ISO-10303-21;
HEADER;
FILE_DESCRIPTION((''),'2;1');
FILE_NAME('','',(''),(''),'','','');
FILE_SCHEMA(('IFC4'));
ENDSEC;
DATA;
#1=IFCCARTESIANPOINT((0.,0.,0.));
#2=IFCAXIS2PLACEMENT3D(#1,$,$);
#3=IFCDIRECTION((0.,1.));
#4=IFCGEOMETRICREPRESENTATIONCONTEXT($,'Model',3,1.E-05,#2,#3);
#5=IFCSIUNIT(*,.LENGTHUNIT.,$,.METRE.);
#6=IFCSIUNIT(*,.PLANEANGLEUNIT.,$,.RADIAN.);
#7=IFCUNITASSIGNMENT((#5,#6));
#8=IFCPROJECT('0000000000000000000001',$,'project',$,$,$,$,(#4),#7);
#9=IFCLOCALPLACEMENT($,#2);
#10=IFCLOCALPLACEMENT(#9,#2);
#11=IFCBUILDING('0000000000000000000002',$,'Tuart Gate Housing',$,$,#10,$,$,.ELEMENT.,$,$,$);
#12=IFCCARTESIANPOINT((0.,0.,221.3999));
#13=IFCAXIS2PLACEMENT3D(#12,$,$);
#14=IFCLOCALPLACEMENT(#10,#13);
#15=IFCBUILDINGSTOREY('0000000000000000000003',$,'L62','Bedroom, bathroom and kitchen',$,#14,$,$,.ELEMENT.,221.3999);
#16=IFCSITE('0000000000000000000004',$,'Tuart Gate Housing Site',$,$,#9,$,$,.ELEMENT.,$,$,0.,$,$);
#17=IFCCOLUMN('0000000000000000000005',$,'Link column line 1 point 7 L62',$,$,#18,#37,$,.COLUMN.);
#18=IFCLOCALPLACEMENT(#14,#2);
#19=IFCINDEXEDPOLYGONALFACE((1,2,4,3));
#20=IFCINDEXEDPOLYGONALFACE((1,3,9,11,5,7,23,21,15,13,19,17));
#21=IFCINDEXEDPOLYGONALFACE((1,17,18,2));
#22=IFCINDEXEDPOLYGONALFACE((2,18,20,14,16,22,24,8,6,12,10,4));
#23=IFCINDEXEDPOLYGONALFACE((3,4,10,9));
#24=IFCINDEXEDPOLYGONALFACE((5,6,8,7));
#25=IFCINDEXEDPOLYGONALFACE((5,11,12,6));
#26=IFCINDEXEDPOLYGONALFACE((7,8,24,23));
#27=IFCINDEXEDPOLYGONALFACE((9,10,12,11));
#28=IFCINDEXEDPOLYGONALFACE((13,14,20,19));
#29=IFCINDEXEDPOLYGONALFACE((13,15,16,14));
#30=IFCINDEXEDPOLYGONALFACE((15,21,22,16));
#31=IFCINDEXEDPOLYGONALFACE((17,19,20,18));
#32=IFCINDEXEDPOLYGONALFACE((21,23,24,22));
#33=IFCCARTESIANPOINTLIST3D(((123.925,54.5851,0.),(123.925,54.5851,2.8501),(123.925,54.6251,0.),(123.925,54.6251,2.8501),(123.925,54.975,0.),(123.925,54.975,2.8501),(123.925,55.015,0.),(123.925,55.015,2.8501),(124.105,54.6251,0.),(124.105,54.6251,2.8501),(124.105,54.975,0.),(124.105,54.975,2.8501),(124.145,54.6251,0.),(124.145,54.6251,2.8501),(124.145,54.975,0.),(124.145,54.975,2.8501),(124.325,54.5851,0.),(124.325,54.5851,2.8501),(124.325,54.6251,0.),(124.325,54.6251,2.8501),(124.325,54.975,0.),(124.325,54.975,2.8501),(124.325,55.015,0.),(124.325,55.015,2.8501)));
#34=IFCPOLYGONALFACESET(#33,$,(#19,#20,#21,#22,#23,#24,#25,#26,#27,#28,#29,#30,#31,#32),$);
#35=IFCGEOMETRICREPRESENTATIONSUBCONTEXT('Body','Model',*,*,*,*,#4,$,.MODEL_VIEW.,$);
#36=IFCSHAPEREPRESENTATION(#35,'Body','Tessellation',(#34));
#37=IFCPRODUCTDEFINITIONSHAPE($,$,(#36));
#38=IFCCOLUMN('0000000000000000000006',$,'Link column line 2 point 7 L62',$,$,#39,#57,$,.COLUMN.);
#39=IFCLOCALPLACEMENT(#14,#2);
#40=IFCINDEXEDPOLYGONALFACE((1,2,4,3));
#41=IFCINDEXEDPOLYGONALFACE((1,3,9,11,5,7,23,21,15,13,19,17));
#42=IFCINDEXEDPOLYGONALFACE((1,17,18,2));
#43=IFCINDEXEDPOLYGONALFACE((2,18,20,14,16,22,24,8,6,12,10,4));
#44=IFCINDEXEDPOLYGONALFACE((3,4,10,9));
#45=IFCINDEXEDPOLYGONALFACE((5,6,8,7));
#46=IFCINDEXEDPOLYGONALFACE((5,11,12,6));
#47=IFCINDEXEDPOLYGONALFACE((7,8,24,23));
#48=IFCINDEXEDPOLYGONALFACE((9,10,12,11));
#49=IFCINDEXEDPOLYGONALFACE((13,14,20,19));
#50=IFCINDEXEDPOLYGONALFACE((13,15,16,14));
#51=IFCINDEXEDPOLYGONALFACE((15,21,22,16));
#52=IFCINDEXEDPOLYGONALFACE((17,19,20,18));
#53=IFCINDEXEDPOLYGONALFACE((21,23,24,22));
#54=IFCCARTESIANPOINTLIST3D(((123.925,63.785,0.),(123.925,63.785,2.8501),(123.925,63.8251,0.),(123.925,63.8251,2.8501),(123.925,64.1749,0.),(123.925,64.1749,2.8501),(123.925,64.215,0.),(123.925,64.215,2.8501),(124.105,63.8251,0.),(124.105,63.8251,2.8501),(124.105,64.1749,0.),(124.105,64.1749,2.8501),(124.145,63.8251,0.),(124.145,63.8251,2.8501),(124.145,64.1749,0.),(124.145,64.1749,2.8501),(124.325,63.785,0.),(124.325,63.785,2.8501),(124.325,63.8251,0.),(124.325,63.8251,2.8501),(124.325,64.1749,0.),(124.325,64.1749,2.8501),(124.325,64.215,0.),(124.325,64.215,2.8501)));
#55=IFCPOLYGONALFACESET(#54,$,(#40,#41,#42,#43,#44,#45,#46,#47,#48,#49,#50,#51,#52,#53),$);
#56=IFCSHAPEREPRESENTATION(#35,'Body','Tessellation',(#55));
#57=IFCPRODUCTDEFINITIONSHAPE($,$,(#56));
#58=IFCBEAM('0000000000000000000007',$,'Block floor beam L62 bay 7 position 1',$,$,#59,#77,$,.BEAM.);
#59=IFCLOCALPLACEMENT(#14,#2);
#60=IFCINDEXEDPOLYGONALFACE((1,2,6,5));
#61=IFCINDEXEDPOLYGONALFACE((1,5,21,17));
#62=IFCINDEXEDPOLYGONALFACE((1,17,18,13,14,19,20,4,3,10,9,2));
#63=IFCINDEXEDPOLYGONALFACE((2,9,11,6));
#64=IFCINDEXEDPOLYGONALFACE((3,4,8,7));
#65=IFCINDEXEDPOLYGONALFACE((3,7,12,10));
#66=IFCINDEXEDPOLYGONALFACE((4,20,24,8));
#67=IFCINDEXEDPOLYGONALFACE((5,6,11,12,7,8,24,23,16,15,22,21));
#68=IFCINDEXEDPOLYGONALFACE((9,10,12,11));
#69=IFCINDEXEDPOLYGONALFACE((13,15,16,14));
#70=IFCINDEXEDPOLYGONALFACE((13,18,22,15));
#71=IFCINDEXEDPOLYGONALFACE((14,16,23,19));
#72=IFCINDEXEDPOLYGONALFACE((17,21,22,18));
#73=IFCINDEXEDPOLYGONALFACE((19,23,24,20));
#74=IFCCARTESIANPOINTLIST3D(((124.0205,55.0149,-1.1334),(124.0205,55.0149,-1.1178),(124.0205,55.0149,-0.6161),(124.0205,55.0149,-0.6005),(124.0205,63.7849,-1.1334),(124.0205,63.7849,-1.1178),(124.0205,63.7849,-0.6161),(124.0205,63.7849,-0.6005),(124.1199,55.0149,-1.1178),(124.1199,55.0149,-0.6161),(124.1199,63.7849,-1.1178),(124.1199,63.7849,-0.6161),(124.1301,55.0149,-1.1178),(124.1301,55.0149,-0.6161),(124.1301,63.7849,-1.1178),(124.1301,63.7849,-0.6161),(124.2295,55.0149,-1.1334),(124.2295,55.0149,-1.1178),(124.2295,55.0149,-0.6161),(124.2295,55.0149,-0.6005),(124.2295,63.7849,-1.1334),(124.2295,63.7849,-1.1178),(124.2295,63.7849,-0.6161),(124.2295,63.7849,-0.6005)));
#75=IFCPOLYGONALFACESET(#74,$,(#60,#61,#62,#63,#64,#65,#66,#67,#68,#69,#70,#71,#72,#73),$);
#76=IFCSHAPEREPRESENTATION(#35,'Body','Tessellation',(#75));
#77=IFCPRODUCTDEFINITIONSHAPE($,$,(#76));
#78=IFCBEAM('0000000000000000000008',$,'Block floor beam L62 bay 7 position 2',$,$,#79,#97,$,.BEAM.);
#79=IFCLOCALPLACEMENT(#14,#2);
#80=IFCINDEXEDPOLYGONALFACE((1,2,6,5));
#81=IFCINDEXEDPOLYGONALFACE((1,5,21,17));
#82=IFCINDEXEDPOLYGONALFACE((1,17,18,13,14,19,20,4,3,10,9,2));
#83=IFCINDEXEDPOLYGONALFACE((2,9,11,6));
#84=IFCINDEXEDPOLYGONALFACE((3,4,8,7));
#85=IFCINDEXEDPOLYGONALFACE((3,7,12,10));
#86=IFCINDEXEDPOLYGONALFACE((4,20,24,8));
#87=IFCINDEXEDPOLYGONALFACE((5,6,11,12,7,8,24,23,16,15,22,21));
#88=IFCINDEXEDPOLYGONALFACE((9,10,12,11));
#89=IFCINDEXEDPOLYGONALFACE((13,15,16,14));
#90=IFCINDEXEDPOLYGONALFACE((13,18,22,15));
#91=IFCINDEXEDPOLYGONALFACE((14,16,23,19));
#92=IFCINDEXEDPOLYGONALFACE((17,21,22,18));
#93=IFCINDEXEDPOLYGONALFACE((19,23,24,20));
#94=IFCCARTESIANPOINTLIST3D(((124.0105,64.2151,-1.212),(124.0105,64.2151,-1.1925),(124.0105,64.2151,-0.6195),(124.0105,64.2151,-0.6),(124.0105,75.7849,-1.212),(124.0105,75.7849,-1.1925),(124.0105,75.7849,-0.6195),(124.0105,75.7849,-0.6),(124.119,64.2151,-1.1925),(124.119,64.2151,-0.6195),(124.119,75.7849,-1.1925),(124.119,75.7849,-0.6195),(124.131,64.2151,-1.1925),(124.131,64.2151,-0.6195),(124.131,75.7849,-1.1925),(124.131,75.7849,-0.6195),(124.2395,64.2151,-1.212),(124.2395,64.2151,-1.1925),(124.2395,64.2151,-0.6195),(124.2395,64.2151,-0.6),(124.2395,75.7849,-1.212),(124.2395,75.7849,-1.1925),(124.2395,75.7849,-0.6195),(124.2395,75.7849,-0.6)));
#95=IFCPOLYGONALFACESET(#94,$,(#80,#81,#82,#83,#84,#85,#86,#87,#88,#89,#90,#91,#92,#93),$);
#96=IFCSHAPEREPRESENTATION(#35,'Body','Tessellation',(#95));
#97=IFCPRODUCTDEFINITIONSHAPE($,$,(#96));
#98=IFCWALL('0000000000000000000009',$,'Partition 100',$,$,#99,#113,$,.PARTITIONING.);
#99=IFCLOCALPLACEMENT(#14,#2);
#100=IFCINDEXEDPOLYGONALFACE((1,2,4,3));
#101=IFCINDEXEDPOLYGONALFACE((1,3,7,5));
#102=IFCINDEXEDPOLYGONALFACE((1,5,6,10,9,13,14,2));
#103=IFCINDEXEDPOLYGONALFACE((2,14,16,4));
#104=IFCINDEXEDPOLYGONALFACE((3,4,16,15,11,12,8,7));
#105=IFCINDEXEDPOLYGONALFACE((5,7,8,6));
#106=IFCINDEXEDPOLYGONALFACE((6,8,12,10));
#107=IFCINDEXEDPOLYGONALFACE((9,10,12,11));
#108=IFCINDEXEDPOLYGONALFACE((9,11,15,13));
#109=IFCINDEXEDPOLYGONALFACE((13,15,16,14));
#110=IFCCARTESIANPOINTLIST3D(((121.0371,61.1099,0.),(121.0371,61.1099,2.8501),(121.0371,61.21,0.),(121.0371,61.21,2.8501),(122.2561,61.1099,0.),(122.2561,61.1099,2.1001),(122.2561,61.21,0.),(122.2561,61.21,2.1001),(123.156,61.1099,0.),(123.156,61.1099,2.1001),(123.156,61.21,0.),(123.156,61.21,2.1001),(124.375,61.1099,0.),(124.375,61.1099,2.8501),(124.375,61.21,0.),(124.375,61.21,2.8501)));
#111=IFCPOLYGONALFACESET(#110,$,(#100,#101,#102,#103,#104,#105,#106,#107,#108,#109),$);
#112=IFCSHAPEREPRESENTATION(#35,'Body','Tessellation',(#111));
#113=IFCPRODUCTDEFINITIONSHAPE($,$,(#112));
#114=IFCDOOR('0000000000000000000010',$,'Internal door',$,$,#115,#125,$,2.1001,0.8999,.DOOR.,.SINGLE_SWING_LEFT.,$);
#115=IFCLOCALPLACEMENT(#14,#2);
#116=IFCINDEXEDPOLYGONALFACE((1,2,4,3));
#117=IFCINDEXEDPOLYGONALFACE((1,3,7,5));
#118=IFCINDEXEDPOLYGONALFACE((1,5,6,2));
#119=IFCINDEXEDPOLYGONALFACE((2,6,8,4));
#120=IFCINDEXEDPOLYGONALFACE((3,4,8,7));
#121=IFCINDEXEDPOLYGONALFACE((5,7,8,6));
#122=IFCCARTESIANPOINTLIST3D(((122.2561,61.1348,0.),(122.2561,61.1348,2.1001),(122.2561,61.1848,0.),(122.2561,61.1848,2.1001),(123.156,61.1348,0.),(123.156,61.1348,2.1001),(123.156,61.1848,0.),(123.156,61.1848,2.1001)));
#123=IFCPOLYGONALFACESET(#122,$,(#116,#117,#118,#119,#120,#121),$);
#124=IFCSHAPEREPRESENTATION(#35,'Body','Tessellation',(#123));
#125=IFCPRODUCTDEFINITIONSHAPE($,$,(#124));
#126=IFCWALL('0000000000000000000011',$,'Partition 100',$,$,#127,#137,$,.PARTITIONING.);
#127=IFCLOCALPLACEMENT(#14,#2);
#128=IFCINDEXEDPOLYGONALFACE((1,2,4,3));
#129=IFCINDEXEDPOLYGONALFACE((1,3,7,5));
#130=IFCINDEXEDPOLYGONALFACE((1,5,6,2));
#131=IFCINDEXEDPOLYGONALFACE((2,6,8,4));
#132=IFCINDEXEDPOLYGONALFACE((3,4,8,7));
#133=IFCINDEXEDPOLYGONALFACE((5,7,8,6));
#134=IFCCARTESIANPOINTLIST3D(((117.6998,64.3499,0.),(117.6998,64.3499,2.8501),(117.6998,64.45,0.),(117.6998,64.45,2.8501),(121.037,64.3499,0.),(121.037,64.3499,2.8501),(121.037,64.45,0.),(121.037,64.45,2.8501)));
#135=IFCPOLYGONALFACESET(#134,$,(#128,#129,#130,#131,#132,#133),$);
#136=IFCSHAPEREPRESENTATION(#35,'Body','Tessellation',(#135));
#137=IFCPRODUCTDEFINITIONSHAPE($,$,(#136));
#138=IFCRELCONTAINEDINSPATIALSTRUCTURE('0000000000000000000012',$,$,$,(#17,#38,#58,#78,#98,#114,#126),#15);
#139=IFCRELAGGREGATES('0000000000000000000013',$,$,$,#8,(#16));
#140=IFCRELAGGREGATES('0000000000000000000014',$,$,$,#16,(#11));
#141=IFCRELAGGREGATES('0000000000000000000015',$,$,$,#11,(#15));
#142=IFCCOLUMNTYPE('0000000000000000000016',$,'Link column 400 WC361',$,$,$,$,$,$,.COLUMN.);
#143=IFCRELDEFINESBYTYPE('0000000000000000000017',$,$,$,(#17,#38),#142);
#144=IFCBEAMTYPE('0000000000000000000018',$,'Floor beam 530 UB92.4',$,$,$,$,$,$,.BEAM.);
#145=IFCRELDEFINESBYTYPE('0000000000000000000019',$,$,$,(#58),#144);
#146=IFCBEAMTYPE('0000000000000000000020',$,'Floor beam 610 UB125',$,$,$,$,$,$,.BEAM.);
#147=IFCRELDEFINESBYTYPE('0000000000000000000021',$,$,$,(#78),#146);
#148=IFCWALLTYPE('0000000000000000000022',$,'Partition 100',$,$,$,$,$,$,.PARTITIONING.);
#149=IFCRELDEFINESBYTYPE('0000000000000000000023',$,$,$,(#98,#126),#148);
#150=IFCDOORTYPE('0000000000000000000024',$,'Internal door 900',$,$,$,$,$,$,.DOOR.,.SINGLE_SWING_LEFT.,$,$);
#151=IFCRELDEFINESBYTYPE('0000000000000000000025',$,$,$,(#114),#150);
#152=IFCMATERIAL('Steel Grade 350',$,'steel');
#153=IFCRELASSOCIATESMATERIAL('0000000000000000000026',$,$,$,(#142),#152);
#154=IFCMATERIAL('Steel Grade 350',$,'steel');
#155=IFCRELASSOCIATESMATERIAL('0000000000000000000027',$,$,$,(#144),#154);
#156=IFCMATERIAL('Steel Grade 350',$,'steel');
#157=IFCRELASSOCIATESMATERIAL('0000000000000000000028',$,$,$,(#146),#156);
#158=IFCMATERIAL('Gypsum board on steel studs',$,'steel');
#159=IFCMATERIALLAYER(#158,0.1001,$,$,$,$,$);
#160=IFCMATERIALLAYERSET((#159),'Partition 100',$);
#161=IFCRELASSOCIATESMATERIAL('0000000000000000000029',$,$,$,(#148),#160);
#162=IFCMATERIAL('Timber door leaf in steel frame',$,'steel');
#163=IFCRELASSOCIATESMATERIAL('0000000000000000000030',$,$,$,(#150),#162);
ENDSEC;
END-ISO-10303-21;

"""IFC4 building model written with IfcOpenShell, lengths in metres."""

from ifc_helpers import new_model, si_unit, direction, frame, frame_2d, origin, origin_2d, place, context, subcontext, project, spatial, rectangle, i_section, extrude, material, layer, layer_set, material_profile, profile_set, type_object, element, fill, save


model = new_model("IFC4")

# Units and contexts
model_context = context("Model", 3, precision=1e-05, world=origin(), true_north=direction((0.0, 1.0)))
body_context = subcontext(model_context, "Body", "Model", "MODEL_VIEW")
ifc_project = project(units=[si_unit("LENGTHUNIT", "METRE"), si_unit("PLANEANGLEUNIT", "RADIAN")], contexts=[model_context])

# Site, building, storey
site_placement = place(None, origin())
site = spatial("IfcSite", under=ifc_project, at=site_placement, Name="Tuart Gate Housing Site", CompositionType="ELEMENT", RefElevation=0.0)
building_placement = place(site_placement, origin())
building = spatial("IfcBuilding", under=site, at=building_placement, Name="Tuart Gate Housing", CompositionType="ELEMENT")
storey_placement = place(building_placement, frame((0.0, 0.0, 221.3999)))
storey = spatial("IfcBuildingStorey", under=building, at=storey_placement, Name="L62", Description="Bedroom, bathroom and kitchen", CompositionType="ELEMENT", Elevation=221.3999)

# Columns
ifc_material_1 = material(Name="Steel Grade 350", Category="steel")
ifc_material_profile_1 = material_profile(ifc_material_1, i_section(OverallWidth=0.3999, OverallDepth=0.4299, WebThickness=0.04, FlangeThickness=0.04, at=origin_2d()), Name="400WC361")
ifc_profile_set_1 = profile_set([ifc_material_profile_1], Name="Steel Grade 350")
column_type = type_object("IfcColumnType", Name="Link column 400 WC361", PredefinedType="COLUMN", material=ifc_profile_set_1)
for number, where, z_axis, x_axis, name in (
    (1, (124.125, 54.8, 0.0), (0.0, 0.0, 1.0), (1.0, 0.0, 0.0), "Link column line 1 point 7 L62"),
    (2, (124.125, 64.0, 0.0), (0.0, 0.0, 1.0), (1.0, 0.0, 0.0), "Link column line 2 point 7 L62"),
):
    element("IfcColumn", number, at=place(storey_placement, frame(where, z_axis=z_axis, x_axis=x_axis)), inside=storey, type_object=column_type, Name=name, PredefinedType="COLUMN", context=body_context, shape_type="SweptSolid", body=[
        extrude(i_section(OverallWidth=0.3999, OverallDepth=0.4299, WebThickness=0.04, FlangeThickness=0.04, at=origin_2d()), origin(), (0.0, 0.0, 1.0), 2.8501),
    ])

# Beams
ifc_material_2 = material(Name="Steel Grade 350", Category="steel")
ifc_material_profile_2 = material_profile(ifc_material_2, i_section(OverallWidth=0.209, OverallDepth=0.533, WebThickness=0.0103, FlangeThickness=0.0156, at=origin_2d()), Name="530UB92.4")
ifc_profile_set_2 = profile_set([ifc_material_profile_2], Name="Steel Grade 350")
beam_type_1 = type_object("IfcBeamType", Name="Floor beam 530 UB92.4", PredefinedType="BEAM", material=ifc_profile_set_2)
beam_1_placement = place(storey_placement, frame((124.125, 55.0149, -0.8669), z_axis=(0.0, 1.0, 0.0), x_axis=(-1.0, 0.0, 0.0)))
element("IfcBeam", 3, at=beam_1_placement, inside=storey, type_object=beam_type_1, Name="Block floor beam L62 bay 7 position 1", PredefinedType="BEAM", context=body_context, shape_type="SweptSolid", body=[
    extrude(i_section(OverallWidth=0.209, OverallDepth=0.533, WebThickness=0.0103, FlangeThickness=0.0156, at=origin_2d()), origin(), (0.0, 0.0, 1.0), 8.77),
])
ifc_material_3 = material(Name="Steel Grade 350", Category="steel")
ifc_material_profile_3 = material_profile(ifc_material_3, i_section(OverallWidth=0.229, OverallDepth=0.6121, WebThickness=0.012, FlangeThickness=0.0195, at=origin_2d()), Name="610UB125")
ifc_profile_set_3 = profile_set([ifc_material_profile_3], Name="Steel Grade 350")
beam_type_2 = type_object("IfcBeamType", Name="Floor beam 610 UB125", PredefinedType="BEAM", material=ifc_profile_set_3)
beam_2_placement = place(storey_placement, frame((124.125, 64.2151, -0.906), z_axis=(0.0, 1.0, 0.0), x_axis=(-1.0, 0.0, 0.0)))
element("IfcBeam", 4, at=beam_2_placement, inside=storey, type_object=beam_type_2, Name="Block floor beam L62 bay 7 position 2", PredefinedType="BEAM", context=body_context, shape_type="SweptSolid", body=[
    extrude(i_section(OverallWidth=0.229, OverallDepth=0.6121, WebThickness=0.012, FlangeThickness=0.0195, at=origin_2d()), origin(), (0.0, 0.0, 1.0), 11.5698),
])

# Wall, opening, door
ifc_material_4 = material(Name="Gypsum board on steel studs", Category="steel")
ifc_layer_1 = layer(ifc_material_4, 0.1001)
ifc_layer_set_1 = layer_set([ifc_layer_1], Name="Partition 100")
wall_type_1 = type_object("IfcWallType", Name="Partition 100", PredefinedType="PARTITIONING", material=ifc_layer_set_1)
wall_1_placement = place(storey_placement, frame((121.0371, 61.1599, 0.0), z_axis=(0.0, 0.0, 1.0), x_axis=(1.0, 0.0, 0.0)))
wall_1 = element("IfcWall", 5, at=wall_1_placement, inside=storey, type_object=wall_type_1, Name="Partition 100", PredefinedType="PARTITIONING", context=body_context, shape_type="SweptSolid", body=[
    extrude(rectangle(XDim=3.3379, YDim=0.1001, at=frame_2d((1.6689, 0.0))), origin(), (0.0, 0.0, 1.0), 2.8501),
])
opening_1_placement = place(wall_1_placement, frame((1.219, 0.0, 0.0)))
opening_1 = element("IfcOpeningElement", 6, at=opening_1_placement, cuts=wall_1, PredefinedType="OPENING", context=body_context, shape_type="SweptSolid", body=[
    extrude(rectangle(XDim=0.8999, YDim=2.1001, at=frame_2d((0.45, 1.05))), frame((0.0, 0.0601, 0.0), z_axis=(0.0, -1.0, 0.0), x_axis=(1.0, 0.0, 0.0)), (0.0, 0.0, 1.0), 0.1201),
])
ifc_material_5 = material(Name="Timber door leaf in steel frame", Category="steel")
door_type_1 = type_object("IfcDoorType", Name="Internal door 900", OperationType="SINGLE_SWING_LEFT", PredefinedType="DOOR", material=ifc_material_5)
door_1_placement = place(opening_1_placement, origin())
door_1 = element("IfcDoor", 7, at=door_1_placement, inside=storey, type_object=door_type_1, Name="Internal door", OperationType="SINGLE_SWING_LEFT", OverallHeight=2.1001, OverallWidth=0.8999, PredefinedType="DOOR", context=body_context, shape_type="SweptSolid", body=[
    extrude(rectangle(XDim=0.8999, YDim=2.1001, at=frame_2d((0.45, 1.05))), frame((0.0, 0.0249, 0.0), z_axis=(0.0, -1.0, 0.0), x_axis=(1.0, 0.0, 0.0)), (0.0, 0.0, 1.0), 0.05),
])
fill(opening_1, door_1)

# Wall
wall_2_placement = place(storey_placement, frame((117.7, 64.3999, 0.0), z_axis=(0.0, 0.0, 1.0), x_axis=(1.0, 0.0, 0.0)))
element("IfcWall", 8, at=wall_2_placement, inside=storey, type_object=wall_type_1, Name="Partition 100", PredefinedType="PARTITIONING", context=body_context, shape_type="SweptSolid", body=[
    extrude(rectangle(XDim=3.3372, YDim=0.1001, at=frame_2d((1.6685, 0.0))), origin(), (0.0, 0.0, 1.0), 2.8501),
])

save(model, "model.ifc")
